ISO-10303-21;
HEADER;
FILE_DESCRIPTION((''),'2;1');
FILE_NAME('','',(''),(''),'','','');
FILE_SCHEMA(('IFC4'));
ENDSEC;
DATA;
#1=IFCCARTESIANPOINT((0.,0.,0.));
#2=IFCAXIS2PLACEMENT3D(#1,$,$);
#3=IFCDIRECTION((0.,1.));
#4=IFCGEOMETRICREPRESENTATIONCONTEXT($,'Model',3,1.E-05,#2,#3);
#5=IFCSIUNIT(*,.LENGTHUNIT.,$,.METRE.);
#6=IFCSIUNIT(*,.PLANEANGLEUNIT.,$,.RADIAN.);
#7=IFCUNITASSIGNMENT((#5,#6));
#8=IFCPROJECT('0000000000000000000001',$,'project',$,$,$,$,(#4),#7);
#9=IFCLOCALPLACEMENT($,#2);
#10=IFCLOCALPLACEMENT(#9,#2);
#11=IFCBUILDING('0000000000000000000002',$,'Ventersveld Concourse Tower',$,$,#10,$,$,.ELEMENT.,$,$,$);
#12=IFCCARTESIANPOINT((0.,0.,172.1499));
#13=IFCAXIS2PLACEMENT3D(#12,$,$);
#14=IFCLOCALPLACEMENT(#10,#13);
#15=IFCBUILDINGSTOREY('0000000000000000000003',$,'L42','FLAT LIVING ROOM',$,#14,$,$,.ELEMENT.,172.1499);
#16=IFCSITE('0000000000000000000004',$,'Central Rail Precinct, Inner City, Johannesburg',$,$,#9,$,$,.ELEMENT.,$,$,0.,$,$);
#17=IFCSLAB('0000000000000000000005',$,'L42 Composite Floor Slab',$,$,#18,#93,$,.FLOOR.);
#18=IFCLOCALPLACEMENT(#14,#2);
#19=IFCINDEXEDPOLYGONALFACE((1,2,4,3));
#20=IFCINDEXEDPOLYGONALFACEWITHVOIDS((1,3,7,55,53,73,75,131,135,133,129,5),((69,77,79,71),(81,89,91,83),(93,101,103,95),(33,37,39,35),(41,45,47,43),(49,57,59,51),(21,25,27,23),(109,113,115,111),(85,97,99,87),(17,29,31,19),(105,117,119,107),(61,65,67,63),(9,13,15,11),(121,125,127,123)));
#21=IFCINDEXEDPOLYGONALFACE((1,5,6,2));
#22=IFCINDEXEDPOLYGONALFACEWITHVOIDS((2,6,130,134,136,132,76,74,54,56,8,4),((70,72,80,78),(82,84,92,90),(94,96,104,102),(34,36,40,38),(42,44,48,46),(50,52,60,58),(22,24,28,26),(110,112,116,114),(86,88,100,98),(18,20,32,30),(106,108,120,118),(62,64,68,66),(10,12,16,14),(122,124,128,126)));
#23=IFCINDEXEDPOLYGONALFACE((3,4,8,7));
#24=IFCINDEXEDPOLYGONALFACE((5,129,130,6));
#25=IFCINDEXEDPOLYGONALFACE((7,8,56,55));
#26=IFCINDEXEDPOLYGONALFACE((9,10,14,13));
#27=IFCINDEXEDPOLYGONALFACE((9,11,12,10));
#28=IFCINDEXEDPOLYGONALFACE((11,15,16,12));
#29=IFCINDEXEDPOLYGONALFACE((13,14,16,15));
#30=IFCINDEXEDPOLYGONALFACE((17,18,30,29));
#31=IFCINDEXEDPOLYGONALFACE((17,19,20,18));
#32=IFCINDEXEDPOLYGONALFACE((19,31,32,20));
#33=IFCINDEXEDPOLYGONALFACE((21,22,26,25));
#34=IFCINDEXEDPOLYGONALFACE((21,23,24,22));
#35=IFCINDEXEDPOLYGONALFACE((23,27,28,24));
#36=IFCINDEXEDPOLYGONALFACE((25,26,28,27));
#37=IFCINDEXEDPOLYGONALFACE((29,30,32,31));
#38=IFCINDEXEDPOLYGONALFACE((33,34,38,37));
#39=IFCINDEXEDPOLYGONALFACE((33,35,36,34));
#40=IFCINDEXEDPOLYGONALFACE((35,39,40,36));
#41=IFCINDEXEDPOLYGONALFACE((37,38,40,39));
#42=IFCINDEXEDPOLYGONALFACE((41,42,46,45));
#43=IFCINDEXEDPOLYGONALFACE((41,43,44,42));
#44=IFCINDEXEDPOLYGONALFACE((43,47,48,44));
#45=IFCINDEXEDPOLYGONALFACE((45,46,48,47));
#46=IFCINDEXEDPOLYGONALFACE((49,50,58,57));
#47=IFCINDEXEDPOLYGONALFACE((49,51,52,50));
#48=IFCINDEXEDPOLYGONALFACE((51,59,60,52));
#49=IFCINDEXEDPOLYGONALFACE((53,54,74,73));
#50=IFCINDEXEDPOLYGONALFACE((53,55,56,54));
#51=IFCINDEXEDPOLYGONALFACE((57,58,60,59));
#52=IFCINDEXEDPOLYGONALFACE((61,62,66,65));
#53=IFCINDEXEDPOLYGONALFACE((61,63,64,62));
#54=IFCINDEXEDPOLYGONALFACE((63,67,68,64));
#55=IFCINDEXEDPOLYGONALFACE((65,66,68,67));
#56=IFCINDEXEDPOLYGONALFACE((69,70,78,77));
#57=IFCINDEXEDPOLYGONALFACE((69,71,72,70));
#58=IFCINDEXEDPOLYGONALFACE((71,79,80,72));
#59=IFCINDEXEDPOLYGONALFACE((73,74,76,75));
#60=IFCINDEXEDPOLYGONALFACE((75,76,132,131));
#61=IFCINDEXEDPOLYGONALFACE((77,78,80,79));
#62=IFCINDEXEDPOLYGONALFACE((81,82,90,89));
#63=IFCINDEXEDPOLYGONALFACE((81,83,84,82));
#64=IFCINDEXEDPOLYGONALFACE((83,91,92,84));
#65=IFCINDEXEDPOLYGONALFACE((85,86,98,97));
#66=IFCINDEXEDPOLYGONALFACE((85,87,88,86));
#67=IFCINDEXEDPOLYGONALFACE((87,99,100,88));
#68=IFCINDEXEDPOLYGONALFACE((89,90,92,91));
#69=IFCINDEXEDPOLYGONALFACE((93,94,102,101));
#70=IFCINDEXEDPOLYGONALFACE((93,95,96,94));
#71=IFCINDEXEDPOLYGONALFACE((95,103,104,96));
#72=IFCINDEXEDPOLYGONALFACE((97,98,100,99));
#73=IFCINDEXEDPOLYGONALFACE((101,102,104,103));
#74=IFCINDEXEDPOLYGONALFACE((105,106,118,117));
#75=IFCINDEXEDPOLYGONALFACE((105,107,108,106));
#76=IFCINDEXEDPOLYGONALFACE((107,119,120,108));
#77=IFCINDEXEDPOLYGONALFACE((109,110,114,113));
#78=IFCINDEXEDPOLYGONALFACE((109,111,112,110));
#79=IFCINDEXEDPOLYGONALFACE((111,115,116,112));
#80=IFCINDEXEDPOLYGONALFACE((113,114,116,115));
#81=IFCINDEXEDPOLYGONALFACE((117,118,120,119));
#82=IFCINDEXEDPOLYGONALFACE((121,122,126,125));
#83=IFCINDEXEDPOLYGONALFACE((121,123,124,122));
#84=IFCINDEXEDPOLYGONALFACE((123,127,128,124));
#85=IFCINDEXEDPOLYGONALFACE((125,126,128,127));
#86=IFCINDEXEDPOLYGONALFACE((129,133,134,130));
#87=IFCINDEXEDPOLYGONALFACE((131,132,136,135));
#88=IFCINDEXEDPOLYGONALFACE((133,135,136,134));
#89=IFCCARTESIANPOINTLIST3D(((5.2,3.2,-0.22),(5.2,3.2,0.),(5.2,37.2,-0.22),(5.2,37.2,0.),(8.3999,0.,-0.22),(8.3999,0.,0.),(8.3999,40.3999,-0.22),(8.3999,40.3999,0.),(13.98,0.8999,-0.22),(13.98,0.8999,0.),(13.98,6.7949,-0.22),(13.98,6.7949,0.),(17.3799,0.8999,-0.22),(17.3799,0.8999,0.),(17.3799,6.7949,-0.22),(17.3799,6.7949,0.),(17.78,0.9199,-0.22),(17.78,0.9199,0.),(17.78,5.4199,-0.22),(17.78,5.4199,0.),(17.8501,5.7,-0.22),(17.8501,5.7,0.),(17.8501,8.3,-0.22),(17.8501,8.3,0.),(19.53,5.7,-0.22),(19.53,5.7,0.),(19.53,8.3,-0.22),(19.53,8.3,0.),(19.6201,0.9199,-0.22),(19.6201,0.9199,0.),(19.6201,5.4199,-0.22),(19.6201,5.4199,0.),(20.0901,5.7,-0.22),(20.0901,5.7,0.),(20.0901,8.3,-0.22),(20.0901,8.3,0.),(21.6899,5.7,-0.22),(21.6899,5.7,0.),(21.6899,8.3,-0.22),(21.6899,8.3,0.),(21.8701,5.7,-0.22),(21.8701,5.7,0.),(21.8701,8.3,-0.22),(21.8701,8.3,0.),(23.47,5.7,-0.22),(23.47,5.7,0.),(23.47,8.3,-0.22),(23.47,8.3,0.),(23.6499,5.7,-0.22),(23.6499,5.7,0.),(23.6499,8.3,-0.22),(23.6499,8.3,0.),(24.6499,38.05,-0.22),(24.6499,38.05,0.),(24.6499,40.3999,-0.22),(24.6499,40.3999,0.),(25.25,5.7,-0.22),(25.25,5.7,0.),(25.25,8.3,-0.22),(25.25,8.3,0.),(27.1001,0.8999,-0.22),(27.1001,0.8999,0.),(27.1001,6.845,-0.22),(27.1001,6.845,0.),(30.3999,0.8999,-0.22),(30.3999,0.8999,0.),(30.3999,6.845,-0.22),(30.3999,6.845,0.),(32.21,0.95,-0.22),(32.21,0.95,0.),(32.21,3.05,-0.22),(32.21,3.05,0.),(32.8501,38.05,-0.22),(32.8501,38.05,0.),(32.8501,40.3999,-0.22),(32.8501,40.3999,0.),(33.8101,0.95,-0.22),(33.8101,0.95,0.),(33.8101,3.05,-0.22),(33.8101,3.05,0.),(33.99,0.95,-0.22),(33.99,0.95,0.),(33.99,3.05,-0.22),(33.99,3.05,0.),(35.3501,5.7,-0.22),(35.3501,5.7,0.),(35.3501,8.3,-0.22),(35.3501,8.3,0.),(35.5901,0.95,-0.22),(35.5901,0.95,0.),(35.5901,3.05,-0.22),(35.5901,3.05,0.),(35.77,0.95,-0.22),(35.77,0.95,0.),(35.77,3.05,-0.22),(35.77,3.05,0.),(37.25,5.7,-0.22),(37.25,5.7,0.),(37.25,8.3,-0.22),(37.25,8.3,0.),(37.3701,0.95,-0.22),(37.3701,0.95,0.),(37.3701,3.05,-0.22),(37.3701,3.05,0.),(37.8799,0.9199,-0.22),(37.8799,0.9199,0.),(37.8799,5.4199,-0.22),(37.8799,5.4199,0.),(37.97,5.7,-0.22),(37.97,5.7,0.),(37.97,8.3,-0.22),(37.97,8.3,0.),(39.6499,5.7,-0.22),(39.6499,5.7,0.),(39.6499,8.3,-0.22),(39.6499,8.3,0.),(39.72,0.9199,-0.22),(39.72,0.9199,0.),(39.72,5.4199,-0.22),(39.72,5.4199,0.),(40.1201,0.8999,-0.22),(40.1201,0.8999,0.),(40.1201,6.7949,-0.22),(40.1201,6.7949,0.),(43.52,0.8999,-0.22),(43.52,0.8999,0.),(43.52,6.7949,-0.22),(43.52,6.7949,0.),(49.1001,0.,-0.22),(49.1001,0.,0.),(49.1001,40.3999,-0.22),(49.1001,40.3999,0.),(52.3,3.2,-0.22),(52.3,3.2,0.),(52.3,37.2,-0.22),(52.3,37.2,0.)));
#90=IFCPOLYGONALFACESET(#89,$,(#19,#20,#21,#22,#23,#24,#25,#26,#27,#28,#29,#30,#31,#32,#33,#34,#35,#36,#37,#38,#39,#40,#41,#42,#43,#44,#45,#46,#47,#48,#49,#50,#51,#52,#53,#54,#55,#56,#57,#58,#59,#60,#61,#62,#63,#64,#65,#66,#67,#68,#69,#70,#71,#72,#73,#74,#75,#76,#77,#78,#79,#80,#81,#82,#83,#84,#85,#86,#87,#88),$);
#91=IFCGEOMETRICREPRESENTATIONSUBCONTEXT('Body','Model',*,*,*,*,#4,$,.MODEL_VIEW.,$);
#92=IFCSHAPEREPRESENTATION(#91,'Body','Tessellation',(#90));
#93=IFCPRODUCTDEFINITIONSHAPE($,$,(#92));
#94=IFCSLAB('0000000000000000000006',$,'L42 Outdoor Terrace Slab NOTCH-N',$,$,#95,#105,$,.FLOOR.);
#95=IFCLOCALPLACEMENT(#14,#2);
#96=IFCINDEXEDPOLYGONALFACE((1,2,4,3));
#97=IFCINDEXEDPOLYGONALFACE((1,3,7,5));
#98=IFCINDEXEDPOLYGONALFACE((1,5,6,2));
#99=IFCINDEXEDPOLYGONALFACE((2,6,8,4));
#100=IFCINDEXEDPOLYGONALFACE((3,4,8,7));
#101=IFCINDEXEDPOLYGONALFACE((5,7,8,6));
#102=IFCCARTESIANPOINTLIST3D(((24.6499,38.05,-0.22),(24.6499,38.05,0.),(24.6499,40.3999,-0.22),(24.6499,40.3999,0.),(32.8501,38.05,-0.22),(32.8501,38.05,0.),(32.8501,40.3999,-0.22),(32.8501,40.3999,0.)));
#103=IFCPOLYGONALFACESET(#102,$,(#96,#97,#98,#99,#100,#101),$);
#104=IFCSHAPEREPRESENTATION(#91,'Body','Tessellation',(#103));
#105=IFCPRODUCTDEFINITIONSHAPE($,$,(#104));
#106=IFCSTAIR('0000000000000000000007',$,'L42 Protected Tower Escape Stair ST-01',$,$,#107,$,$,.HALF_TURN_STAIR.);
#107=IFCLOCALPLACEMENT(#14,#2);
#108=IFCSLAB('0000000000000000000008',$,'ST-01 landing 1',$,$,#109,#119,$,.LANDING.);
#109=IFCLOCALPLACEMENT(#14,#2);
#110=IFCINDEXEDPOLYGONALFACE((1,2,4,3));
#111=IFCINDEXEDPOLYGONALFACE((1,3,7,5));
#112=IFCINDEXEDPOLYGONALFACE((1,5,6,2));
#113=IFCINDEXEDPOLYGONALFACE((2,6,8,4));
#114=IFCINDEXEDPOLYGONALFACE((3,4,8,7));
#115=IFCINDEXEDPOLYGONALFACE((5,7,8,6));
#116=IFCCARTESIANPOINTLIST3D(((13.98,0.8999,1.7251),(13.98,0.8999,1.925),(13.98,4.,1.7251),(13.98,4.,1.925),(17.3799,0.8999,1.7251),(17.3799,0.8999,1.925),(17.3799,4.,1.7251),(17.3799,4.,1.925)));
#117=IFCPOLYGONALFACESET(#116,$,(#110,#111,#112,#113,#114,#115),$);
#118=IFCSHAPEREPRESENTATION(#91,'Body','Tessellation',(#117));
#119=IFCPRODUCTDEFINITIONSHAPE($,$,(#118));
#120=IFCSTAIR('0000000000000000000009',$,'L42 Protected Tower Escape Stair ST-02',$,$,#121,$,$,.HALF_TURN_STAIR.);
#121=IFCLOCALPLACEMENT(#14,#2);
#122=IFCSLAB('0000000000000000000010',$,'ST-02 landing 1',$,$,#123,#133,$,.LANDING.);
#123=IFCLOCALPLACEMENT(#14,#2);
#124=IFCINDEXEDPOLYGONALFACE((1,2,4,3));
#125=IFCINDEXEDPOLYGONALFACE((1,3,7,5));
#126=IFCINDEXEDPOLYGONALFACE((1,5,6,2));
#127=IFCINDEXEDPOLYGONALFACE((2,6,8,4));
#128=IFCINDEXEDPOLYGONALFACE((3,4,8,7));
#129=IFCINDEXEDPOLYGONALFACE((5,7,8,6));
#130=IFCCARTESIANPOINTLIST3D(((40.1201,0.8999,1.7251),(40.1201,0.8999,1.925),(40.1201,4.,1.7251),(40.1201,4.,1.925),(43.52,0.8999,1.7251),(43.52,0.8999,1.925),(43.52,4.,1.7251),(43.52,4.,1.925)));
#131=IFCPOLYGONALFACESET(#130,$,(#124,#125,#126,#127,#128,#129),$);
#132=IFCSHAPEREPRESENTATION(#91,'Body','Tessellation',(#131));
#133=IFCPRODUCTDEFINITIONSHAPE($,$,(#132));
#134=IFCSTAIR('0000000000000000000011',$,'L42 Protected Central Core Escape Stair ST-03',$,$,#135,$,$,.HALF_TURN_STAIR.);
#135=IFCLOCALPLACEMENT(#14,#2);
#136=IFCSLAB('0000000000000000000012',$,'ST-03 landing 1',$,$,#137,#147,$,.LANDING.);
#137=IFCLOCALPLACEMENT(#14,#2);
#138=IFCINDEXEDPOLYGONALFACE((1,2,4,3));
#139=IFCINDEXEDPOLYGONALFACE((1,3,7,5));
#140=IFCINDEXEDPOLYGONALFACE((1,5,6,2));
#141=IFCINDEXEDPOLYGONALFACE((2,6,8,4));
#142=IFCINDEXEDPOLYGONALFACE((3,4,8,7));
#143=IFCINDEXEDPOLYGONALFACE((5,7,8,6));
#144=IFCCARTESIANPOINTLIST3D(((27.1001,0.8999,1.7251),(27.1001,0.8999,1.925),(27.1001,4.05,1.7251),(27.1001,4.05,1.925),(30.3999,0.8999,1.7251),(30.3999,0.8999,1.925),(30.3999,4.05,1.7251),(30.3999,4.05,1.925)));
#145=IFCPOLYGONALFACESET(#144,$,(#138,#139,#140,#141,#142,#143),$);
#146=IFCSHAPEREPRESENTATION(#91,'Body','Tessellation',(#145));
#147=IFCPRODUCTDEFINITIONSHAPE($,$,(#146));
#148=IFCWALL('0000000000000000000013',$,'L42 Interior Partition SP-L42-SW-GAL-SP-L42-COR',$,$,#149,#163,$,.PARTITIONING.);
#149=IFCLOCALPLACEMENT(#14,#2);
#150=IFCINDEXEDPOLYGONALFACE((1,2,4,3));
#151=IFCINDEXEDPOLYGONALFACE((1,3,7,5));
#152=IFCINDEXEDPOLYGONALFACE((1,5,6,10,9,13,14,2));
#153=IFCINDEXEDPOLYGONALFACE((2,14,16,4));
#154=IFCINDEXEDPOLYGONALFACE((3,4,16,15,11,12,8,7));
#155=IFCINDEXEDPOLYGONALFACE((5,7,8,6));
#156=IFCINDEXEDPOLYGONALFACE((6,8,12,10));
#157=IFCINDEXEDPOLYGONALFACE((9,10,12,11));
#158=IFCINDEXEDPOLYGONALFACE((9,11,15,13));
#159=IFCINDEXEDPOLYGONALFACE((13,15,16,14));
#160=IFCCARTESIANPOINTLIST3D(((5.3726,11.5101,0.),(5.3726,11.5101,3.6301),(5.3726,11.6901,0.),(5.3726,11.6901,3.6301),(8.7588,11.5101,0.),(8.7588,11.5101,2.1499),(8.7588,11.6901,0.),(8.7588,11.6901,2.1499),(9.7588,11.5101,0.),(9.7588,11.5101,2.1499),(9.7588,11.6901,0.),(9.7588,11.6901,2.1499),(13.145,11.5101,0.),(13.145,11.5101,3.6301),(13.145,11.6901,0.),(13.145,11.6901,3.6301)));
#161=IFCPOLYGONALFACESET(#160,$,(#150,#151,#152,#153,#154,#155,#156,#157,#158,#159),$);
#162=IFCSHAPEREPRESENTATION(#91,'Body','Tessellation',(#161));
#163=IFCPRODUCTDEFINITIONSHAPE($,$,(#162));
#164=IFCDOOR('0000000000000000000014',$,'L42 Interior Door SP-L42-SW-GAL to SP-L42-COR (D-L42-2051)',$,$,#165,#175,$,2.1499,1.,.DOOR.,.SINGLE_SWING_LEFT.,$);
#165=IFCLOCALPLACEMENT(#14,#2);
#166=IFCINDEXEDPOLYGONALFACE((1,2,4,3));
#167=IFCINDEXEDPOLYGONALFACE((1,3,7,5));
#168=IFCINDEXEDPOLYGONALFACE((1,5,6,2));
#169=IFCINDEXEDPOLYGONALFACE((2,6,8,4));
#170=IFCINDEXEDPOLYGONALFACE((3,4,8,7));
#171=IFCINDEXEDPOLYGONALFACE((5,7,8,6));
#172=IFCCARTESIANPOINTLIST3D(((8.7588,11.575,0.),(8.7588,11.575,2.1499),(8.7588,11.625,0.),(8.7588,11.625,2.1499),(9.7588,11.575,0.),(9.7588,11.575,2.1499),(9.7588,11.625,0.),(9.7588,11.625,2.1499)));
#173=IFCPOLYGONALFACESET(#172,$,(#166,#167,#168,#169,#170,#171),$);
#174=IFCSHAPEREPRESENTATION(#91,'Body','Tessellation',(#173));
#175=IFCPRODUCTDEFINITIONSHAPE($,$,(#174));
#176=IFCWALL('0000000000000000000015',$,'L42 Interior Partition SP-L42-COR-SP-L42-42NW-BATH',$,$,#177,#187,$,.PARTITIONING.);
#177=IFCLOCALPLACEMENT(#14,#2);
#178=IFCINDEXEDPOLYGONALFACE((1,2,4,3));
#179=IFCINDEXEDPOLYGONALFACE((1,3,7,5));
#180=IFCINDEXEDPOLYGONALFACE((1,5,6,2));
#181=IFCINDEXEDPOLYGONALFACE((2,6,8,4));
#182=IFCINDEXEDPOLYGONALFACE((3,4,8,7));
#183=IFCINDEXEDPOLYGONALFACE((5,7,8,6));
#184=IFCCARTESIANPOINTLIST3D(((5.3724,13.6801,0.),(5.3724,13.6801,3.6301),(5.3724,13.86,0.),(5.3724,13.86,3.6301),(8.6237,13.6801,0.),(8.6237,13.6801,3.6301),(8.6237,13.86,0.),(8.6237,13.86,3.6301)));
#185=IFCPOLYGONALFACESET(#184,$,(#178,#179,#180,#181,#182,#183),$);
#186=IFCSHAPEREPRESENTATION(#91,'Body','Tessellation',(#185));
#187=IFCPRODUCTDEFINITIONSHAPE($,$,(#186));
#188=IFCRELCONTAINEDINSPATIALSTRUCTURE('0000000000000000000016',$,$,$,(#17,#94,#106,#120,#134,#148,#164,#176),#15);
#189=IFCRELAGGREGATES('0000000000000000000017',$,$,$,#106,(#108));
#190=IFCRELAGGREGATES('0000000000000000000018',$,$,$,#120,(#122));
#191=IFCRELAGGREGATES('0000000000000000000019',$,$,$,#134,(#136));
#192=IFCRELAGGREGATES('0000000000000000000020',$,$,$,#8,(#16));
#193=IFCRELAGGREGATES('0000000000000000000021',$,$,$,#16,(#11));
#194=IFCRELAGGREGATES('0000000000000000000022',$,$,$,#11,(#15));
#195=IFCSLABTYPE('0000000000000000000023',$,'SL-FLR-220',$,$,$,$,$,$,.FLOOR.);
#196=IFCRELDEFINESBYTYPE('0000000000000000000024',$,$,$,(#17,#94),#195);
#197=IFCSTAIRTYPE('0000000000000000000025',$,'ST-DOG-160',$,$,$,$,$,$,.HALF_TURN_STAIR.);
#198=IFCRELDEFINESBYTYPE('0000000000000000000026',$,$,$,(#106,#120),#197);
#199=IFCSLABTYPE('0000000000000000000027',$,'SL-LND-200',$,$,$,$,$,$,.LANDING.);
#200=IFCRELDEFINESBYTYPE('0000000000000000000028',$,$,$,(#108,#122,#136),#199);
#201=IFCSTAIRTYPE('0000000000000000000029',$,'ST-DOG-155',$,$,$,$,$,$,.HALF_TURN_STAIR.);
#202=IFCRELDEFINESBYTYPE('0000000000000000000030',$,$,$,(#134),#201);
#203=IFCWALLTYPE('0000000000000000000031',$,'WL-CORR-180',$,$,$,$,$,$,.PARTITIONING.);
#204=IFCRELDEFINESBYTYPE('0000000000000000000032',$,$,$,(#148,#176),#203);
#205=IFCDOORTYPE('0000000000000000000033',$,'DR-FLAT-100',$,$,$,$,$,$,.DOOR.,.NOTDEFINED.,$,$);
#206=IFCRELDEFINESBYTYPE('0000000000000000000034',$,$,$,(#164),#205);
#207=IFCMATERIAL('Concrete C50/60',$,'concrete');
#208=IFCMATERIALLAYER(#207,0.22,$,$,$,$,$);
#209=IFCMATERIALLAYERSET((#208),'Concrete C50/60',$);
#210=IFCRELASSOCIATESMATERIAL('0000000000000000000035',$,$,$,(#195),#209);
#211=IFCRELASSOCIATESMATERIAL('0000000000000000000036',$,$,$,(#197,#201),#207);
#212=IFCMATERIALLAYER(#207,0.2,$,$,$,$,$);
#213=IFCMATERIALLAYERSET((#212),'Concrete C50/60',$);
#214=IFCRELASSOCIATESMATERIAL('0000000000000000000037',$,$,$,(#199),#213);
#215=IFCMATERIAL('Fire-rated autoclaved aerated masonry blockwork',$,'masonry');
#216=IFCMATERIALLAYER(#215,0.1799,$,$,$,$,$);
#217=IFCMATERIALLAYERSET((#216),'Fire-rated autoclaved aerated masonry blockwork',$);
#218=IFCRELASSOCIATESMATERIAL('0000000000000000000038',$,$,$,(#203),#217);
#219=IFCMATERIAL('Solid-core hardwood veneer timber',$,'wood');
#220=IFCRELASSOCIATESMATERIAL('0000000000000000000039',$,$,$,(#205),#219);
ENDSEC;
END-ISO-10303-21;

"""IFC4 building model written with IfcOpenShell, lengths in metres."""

from ifc_helpers import new_model, si_unit, direction, frame, frame_2d, origin, place, context, subcontext, project, spatial, polyline, rectangle, outline, extrude, material, layer, layer_set, type_object, element, fill, aggregate, save


model = new_model("IFC4")

# Units and contexts
model_context = context("Model", 3, precision=1e-05, world=origin(), true_north=direction((0.0, 1.0)))
body_context = subcontext(model_context, "Body", "Model", "MODEL_VIEW")
ifc_project = project(units=[si_unit("LENGTHUNIT", "METRE"), si_unit("PLANEANGLEUNIT", "RADIAN")], contexts=[model_context])

# Site, building, storey
site_placement = place(None, origin())
site = spatial("IfcSite", under=ifc_project, at=site_placement, Name="Central Rail Precinct, Inner City, Johannesburg", CompositionType="ELEMENT", RefElevation=0.0)
building_placement = place(site_placement, origin())
building = spatial("IfcBuilding", under=site, at=building_placement, Name="Ventersveld Concourse Tower", CompositionType="ELEMENT")
storey_placement = place(building_placement, frame((0.0, 0.0, 172.1499)))
storey = spatial("IfcBuildingStorey", under=building, at=storey_placement, Name="L42", Description="FLAT LIVING ROOM", CompositionType="ELEMENT", Elevation=172.1499)

# Slabs
ifc_material_1 = material(Name="Concrete C50/60", Category="concrete")
ifc_layer_1 = layer(ifc_material_1, 0.22)
ifc_layer_set_1 = layer_set([ifc_layer_1], Name="Concrete C50/60")
slab_type_1 = type_object("IfcSlabType", Name="SL-FLR-220", PredefinedType="FLOOR", material=ifc_layer_set_1)
slab_1_placement = place(storey_placement, frame((0.0, 0.0, -0.22)))
element("IfcSlab", 1, at=slab_1_placement, inside=storey, type_object=slab_type_1, Name="L42 Composite Floor Slab", PredefinedType="FLOOR", context=body_context, shape_type="SweptSolid", body=[
    extrude(outline(polyline([(8.3999, 0.0), (49.1001, 0.0), (52.3, 3.2), (52.3, 37.2), (49.1001, 40.3999), (32.8501, 40.3999), (32.8501, 38.05), (24.6499, 38.05), (24.6499, 40.3999), (8.3999, 40.3999), (5.2, 37.2), (5.2, 3.2), (8.3999, 0.0)]), holes=[polyline([(13.98, 6.7949), (13.98, 0.8999), (17.3799, 0.8999), (17.3799, 6.7949), (13.98, 6.7949)]), polyline([(40.1201, 6.7949), (40.1201, 0.8999), (43.52, 0.8999), (43.52, 6.7949), (40.1201, 6.7949)]), polyline([(27.1001, 6.845), (27.1001, 0.8999), (30.3999, 0.8999), (30.3999, 6.845), (27.1001, 6.845)]), polyline([(17.8501, 5.7), (19.53, 5.7), (19.53, 8.3), (17.8501, 8.3), (17.8501, 5.7)]), polyline([(37.97, 5.7), (39.6499, 5.7), (39.6499, 8.3), (37.97, 8.3), (37.97, 5.7)]), polyline([(35.3501, 5.7), (37.25, 5.7), (37.25, 8.3), (35.3501, 8.3), (35.3501, 5.7)]), polyline([(32.21, 0.95), (33.8101, 0.95), (33.8101, 3.05), (32.21, 3.05), (32.21, 0.95)]), polyline([(33.99, 0.95), (35.5901, 0.95), (35.5901, 3.05), (33.99, 3.05), (33.99, 0.95)]), polyline([(35.77, 0.95), (37.3701, 0.95), (37.3701, 3.05), (35.77, 3.05), (35.77, 0.95)]), polyline([(20.0901, 5.7), (21.6899, 5.7), (21.6899, 8.3), (20.0901, 8.3), (20.0901, 5.7)]), polyline([(21.8701, 5.7), (23.47, 5.7), (23.47, 8.3), (21.8701, 8.3), (21.8701, 5.7)]), polyline([(23.6499, 5.7), (25.25, 5.7), (25.25, 8.3), (23.6499, 8.3), (23.6499, 5.7)]), polyline([(17.78, 0.9199), (19.6201, 0.9199), (19.6201, 5.4199), (17.78, 5.4199), (17.78, 0.9199)]), polyline([(37.8799, 0.9199), (39.72, 0.9199), (39.72, 5.4199), (37.8799, 5.4199), (37.8799, 0.9199)])]), origin(), (0.0, 0.0, 1.0), 0.22),
])
slab_2_placement = place(storey_placement, frame((0.0, 0.0, -0.22)))
element("IfcSlab", 2, at=slab_2_placement, inside=storey, type_object=slab_type_1, Name="L42 Outdoor Terrace Slab NOTCH-N", PredefinedType="FLOOR", context=body_context, shape_type="SweptSolid", body=[
    extrude(outline(polyline([(24.6499, 38.05), (32.8501, 38.05), (32.8501, 40.3999), (24.6499, 40.3999), (24.6499, 38.05)])), origin(), (0.0, 0.0, 1.0), 0.22),
])

# Stairs, slabs
stair_type_1 = type_object("IfcStairType", Name="ST-DOG-160", PredefinedType="HALF_TURN_STAIR", material=ifc_material_1)
stair_1_placement = place(storey_placement, origin())
stair_1 = element("IfcStair", 3, at=stair_1_placement, inside=storey, type_object=stair_type_1, Name="L42 Protected Tower Escape Stair ST-01", PredefinedType="HALF_TURN_STAIR")
ifc_layer_2 = layer(ifc_material_1, 0.2)
ifc_layer_set_2 = layer_set([ifc_layer_2], Name="Concrete C50/60")
slab_type_2 = type_object("IfcSlabType", Name="SL-LND-200", PredefinedType="LANDING", material=ifc_layer_set_2)
slab_3_placement = place(storey_placement, frame((0.0, 0.0, 1.7251)))
slab_3 = element("IfcSlab", 4, at=slab_3_placement, type_object=slab_type_2, Name="ST-01 landing 1", PredefinedType="LANDING", context=body_context, shape_type="SweptSolid", body=[
    extrude(outline(polyline([(13.98, 4.0), (13.98, 0.8999), (17.3799, 0.8999), (17.3799, 4.0), (13.98, 4.0)])), origin(), (0.0, 0.0, 1.0), 0.2),
])
aggregate(stair_1, [slab_3])
stair_2_placement = place(storey_placement, origin())
stair_2 = element("IfcStair", 5, at=stair_2_placement, inside=storey, type_object=stair_type_1, Name="L42 Protected Tower Escape Stair ST-02", PredefinedType="HALF_TURN_STAIR")
slab_4_placement = place(storey_placement, frame((0.0, 0.0, 1.7251)))
slab_4 = element("IfcSlab", 6, at=slab_4_placement, type_object=slab_type_2, Name="ST-02 landing 1", PredefinedType="LANDING", context=body_context, shape_type="SweptSolid", body=[
    extrude(outline(polyline([(40.1201, 4.0), (40.1201, 0.8999), (43.52, 0.8999), (43.52, 4.0), (40.1201, 4.0)])), origin(), (0.0, 0.0, 1.0), 0.2),
])
aggregate(stair_2, [slab_4])
stair_type_2 = type_object("IfcStairType", Name="ST-DOG-155", PredefinedType="HALF_TURN_STAIR", material=ifc_material_1)
stair_3_placement = place(storey_placement, origin())
stair_3 = element("IfcStair", 7, at=stair_3_placement, inside=storey, type_object=stair_type_2, Name="L42 Protected Central Core Escape Stair ST-03", PredefinedType="HALF_TURN_STAIR")
slab_5_placement = place(storey_placement, frame((0.0, 0.0, 1.7251)))
slab_5 = element("IfcSlab", 8, at=slab_5_placement, type_object=slab_type_2, Name="ST-03 landing 1", PredefinedType="LANDING", context=body_context, shape_type="SweptSolid", body=[
    extrude(outline(polyline([(27.1001, 4.05), (27.1001, 0.8999), (30.3999, 0.8999), (30.3999, 4.05), (27.1001, 4.05)])), origin(), (0.0, 0.0, 1.0), 0.2),
])
aggregate(stair_3, [slab_5])

# Wall, opening, door
ifc_material_2 = material(Name="Fire-rated autoclaved aerated masonry blockwork", Category="masonry")
ifc_layer_3 = layer(ifc_material_2, 0.1799)
ifc_layer_set_3 = layer_set([ifc_layer_3], Name="Fire-rated autoclaved aerated masonry blockwork")
wall_type_1 = type_object("IfcWallType", Name="WL-CORR-180", PredefinedType="PARTITIONING", material=ifc_layer_set_3)
wall_1_placement = place(storey_placement, frame((5.3726, 11.6001, 0.0), z_axis=(0.0, 0.0, 1.0), x_axis=(1.0, 0.0, 0.0)))
wall_1 = element("IfcWall", 9, at=wall_1_placement, inside=storey, type_object=wall_type_1, Name="L42 Interior Partition SP-L42-SW-GAL-SP-L42-COR", PredefinedType="PARTITIONING", context=body_context, shape_type="SweptSolid", body=[
    extrude(rectangle(XDim=7.7725, YDim=0.1799, at=frame_2d((3.8862, 0.0))), origin(), (0.0, 0.0, 1.0), 3.6301),
])
opening_placement = place(wall_1_placement, frame((3.3862, 0.0, 0.0)))
opening = element("IfcOpeningElement", 10, at=opening_placement, cuts=wall_1, PredefinedType="OPENING", context=body_context, shape_type="SweptSolid", body=[
    extrude(rectangle(XDim=1.0, YDim=2.1499, at=frame_2d((0.5, 1.075))), frame((0.0, 0.1001, 0.0), z_axis=(0.0, -1.0, 0.0), x_axis=(1.0, 0.0, 0.0)), (0.0, 0.0, 1.0), 0.2),
])
ifc_material_3 = material(Name="Solid-core hardwood veneer timber", Category="wood")
door_type = type_object("IfcDoorType", Name="DR-FLAT-100", OperationType="NOTDEFINED", PredefinedType="DOOR", material=ifc_material_3)
door_placement = place(opening_placement, origin())
door = element("IfcDoor", 11, at=door_placement, inside=storey, type_object=door_type, Name="L42 Interior Door SP-L42-SW-GAL to SP-L42-COR (D-L42-2051)", OperationType="SINGLE_SWING_LEFT", OverallHeight=2.1499, OverallWidth=1.0, PredefinedType="DOOR", context=body_context, shape_type="SweptSolid", body=[
    extrude(rectangle(XDim=1.0, YDim=2.1499, at=frame_2d((0.5, 1.075))), frame((0.0, 0.0249, 0.0), z_axis=(0.0, -1.0, 0.0), x_axis=(1.0, 0.0, 0.0)), (0.0, 0.0, 1.0), 0.05),
])
fill(opening, door)

# Wall
wall_2_placement = place(storey_placement, frame((5.3726, 13.77, 0.0), z_axis=(0.0, 0.0, 1.0), x_axis=(1.0, 0.0, 0.0)))
element("IfcWall", 12, at=wall_2_placement, inside=storey, type_object=wall_type_1, Name="L42 Interior Partition SP-L42-COR-SP-L42-42NW-BATH", PredefinedType="PARTITIONING", context=body_context, shape_type="SweptSolid", body=[
    extrude(rectangle(XDim=3.2512, YDim=0.1799, at=frame_2d((1.6255, 0.0))), origin(), (0.0, 0.0, 1.0), 3.6301),
])

save(model, "model.ifc")
